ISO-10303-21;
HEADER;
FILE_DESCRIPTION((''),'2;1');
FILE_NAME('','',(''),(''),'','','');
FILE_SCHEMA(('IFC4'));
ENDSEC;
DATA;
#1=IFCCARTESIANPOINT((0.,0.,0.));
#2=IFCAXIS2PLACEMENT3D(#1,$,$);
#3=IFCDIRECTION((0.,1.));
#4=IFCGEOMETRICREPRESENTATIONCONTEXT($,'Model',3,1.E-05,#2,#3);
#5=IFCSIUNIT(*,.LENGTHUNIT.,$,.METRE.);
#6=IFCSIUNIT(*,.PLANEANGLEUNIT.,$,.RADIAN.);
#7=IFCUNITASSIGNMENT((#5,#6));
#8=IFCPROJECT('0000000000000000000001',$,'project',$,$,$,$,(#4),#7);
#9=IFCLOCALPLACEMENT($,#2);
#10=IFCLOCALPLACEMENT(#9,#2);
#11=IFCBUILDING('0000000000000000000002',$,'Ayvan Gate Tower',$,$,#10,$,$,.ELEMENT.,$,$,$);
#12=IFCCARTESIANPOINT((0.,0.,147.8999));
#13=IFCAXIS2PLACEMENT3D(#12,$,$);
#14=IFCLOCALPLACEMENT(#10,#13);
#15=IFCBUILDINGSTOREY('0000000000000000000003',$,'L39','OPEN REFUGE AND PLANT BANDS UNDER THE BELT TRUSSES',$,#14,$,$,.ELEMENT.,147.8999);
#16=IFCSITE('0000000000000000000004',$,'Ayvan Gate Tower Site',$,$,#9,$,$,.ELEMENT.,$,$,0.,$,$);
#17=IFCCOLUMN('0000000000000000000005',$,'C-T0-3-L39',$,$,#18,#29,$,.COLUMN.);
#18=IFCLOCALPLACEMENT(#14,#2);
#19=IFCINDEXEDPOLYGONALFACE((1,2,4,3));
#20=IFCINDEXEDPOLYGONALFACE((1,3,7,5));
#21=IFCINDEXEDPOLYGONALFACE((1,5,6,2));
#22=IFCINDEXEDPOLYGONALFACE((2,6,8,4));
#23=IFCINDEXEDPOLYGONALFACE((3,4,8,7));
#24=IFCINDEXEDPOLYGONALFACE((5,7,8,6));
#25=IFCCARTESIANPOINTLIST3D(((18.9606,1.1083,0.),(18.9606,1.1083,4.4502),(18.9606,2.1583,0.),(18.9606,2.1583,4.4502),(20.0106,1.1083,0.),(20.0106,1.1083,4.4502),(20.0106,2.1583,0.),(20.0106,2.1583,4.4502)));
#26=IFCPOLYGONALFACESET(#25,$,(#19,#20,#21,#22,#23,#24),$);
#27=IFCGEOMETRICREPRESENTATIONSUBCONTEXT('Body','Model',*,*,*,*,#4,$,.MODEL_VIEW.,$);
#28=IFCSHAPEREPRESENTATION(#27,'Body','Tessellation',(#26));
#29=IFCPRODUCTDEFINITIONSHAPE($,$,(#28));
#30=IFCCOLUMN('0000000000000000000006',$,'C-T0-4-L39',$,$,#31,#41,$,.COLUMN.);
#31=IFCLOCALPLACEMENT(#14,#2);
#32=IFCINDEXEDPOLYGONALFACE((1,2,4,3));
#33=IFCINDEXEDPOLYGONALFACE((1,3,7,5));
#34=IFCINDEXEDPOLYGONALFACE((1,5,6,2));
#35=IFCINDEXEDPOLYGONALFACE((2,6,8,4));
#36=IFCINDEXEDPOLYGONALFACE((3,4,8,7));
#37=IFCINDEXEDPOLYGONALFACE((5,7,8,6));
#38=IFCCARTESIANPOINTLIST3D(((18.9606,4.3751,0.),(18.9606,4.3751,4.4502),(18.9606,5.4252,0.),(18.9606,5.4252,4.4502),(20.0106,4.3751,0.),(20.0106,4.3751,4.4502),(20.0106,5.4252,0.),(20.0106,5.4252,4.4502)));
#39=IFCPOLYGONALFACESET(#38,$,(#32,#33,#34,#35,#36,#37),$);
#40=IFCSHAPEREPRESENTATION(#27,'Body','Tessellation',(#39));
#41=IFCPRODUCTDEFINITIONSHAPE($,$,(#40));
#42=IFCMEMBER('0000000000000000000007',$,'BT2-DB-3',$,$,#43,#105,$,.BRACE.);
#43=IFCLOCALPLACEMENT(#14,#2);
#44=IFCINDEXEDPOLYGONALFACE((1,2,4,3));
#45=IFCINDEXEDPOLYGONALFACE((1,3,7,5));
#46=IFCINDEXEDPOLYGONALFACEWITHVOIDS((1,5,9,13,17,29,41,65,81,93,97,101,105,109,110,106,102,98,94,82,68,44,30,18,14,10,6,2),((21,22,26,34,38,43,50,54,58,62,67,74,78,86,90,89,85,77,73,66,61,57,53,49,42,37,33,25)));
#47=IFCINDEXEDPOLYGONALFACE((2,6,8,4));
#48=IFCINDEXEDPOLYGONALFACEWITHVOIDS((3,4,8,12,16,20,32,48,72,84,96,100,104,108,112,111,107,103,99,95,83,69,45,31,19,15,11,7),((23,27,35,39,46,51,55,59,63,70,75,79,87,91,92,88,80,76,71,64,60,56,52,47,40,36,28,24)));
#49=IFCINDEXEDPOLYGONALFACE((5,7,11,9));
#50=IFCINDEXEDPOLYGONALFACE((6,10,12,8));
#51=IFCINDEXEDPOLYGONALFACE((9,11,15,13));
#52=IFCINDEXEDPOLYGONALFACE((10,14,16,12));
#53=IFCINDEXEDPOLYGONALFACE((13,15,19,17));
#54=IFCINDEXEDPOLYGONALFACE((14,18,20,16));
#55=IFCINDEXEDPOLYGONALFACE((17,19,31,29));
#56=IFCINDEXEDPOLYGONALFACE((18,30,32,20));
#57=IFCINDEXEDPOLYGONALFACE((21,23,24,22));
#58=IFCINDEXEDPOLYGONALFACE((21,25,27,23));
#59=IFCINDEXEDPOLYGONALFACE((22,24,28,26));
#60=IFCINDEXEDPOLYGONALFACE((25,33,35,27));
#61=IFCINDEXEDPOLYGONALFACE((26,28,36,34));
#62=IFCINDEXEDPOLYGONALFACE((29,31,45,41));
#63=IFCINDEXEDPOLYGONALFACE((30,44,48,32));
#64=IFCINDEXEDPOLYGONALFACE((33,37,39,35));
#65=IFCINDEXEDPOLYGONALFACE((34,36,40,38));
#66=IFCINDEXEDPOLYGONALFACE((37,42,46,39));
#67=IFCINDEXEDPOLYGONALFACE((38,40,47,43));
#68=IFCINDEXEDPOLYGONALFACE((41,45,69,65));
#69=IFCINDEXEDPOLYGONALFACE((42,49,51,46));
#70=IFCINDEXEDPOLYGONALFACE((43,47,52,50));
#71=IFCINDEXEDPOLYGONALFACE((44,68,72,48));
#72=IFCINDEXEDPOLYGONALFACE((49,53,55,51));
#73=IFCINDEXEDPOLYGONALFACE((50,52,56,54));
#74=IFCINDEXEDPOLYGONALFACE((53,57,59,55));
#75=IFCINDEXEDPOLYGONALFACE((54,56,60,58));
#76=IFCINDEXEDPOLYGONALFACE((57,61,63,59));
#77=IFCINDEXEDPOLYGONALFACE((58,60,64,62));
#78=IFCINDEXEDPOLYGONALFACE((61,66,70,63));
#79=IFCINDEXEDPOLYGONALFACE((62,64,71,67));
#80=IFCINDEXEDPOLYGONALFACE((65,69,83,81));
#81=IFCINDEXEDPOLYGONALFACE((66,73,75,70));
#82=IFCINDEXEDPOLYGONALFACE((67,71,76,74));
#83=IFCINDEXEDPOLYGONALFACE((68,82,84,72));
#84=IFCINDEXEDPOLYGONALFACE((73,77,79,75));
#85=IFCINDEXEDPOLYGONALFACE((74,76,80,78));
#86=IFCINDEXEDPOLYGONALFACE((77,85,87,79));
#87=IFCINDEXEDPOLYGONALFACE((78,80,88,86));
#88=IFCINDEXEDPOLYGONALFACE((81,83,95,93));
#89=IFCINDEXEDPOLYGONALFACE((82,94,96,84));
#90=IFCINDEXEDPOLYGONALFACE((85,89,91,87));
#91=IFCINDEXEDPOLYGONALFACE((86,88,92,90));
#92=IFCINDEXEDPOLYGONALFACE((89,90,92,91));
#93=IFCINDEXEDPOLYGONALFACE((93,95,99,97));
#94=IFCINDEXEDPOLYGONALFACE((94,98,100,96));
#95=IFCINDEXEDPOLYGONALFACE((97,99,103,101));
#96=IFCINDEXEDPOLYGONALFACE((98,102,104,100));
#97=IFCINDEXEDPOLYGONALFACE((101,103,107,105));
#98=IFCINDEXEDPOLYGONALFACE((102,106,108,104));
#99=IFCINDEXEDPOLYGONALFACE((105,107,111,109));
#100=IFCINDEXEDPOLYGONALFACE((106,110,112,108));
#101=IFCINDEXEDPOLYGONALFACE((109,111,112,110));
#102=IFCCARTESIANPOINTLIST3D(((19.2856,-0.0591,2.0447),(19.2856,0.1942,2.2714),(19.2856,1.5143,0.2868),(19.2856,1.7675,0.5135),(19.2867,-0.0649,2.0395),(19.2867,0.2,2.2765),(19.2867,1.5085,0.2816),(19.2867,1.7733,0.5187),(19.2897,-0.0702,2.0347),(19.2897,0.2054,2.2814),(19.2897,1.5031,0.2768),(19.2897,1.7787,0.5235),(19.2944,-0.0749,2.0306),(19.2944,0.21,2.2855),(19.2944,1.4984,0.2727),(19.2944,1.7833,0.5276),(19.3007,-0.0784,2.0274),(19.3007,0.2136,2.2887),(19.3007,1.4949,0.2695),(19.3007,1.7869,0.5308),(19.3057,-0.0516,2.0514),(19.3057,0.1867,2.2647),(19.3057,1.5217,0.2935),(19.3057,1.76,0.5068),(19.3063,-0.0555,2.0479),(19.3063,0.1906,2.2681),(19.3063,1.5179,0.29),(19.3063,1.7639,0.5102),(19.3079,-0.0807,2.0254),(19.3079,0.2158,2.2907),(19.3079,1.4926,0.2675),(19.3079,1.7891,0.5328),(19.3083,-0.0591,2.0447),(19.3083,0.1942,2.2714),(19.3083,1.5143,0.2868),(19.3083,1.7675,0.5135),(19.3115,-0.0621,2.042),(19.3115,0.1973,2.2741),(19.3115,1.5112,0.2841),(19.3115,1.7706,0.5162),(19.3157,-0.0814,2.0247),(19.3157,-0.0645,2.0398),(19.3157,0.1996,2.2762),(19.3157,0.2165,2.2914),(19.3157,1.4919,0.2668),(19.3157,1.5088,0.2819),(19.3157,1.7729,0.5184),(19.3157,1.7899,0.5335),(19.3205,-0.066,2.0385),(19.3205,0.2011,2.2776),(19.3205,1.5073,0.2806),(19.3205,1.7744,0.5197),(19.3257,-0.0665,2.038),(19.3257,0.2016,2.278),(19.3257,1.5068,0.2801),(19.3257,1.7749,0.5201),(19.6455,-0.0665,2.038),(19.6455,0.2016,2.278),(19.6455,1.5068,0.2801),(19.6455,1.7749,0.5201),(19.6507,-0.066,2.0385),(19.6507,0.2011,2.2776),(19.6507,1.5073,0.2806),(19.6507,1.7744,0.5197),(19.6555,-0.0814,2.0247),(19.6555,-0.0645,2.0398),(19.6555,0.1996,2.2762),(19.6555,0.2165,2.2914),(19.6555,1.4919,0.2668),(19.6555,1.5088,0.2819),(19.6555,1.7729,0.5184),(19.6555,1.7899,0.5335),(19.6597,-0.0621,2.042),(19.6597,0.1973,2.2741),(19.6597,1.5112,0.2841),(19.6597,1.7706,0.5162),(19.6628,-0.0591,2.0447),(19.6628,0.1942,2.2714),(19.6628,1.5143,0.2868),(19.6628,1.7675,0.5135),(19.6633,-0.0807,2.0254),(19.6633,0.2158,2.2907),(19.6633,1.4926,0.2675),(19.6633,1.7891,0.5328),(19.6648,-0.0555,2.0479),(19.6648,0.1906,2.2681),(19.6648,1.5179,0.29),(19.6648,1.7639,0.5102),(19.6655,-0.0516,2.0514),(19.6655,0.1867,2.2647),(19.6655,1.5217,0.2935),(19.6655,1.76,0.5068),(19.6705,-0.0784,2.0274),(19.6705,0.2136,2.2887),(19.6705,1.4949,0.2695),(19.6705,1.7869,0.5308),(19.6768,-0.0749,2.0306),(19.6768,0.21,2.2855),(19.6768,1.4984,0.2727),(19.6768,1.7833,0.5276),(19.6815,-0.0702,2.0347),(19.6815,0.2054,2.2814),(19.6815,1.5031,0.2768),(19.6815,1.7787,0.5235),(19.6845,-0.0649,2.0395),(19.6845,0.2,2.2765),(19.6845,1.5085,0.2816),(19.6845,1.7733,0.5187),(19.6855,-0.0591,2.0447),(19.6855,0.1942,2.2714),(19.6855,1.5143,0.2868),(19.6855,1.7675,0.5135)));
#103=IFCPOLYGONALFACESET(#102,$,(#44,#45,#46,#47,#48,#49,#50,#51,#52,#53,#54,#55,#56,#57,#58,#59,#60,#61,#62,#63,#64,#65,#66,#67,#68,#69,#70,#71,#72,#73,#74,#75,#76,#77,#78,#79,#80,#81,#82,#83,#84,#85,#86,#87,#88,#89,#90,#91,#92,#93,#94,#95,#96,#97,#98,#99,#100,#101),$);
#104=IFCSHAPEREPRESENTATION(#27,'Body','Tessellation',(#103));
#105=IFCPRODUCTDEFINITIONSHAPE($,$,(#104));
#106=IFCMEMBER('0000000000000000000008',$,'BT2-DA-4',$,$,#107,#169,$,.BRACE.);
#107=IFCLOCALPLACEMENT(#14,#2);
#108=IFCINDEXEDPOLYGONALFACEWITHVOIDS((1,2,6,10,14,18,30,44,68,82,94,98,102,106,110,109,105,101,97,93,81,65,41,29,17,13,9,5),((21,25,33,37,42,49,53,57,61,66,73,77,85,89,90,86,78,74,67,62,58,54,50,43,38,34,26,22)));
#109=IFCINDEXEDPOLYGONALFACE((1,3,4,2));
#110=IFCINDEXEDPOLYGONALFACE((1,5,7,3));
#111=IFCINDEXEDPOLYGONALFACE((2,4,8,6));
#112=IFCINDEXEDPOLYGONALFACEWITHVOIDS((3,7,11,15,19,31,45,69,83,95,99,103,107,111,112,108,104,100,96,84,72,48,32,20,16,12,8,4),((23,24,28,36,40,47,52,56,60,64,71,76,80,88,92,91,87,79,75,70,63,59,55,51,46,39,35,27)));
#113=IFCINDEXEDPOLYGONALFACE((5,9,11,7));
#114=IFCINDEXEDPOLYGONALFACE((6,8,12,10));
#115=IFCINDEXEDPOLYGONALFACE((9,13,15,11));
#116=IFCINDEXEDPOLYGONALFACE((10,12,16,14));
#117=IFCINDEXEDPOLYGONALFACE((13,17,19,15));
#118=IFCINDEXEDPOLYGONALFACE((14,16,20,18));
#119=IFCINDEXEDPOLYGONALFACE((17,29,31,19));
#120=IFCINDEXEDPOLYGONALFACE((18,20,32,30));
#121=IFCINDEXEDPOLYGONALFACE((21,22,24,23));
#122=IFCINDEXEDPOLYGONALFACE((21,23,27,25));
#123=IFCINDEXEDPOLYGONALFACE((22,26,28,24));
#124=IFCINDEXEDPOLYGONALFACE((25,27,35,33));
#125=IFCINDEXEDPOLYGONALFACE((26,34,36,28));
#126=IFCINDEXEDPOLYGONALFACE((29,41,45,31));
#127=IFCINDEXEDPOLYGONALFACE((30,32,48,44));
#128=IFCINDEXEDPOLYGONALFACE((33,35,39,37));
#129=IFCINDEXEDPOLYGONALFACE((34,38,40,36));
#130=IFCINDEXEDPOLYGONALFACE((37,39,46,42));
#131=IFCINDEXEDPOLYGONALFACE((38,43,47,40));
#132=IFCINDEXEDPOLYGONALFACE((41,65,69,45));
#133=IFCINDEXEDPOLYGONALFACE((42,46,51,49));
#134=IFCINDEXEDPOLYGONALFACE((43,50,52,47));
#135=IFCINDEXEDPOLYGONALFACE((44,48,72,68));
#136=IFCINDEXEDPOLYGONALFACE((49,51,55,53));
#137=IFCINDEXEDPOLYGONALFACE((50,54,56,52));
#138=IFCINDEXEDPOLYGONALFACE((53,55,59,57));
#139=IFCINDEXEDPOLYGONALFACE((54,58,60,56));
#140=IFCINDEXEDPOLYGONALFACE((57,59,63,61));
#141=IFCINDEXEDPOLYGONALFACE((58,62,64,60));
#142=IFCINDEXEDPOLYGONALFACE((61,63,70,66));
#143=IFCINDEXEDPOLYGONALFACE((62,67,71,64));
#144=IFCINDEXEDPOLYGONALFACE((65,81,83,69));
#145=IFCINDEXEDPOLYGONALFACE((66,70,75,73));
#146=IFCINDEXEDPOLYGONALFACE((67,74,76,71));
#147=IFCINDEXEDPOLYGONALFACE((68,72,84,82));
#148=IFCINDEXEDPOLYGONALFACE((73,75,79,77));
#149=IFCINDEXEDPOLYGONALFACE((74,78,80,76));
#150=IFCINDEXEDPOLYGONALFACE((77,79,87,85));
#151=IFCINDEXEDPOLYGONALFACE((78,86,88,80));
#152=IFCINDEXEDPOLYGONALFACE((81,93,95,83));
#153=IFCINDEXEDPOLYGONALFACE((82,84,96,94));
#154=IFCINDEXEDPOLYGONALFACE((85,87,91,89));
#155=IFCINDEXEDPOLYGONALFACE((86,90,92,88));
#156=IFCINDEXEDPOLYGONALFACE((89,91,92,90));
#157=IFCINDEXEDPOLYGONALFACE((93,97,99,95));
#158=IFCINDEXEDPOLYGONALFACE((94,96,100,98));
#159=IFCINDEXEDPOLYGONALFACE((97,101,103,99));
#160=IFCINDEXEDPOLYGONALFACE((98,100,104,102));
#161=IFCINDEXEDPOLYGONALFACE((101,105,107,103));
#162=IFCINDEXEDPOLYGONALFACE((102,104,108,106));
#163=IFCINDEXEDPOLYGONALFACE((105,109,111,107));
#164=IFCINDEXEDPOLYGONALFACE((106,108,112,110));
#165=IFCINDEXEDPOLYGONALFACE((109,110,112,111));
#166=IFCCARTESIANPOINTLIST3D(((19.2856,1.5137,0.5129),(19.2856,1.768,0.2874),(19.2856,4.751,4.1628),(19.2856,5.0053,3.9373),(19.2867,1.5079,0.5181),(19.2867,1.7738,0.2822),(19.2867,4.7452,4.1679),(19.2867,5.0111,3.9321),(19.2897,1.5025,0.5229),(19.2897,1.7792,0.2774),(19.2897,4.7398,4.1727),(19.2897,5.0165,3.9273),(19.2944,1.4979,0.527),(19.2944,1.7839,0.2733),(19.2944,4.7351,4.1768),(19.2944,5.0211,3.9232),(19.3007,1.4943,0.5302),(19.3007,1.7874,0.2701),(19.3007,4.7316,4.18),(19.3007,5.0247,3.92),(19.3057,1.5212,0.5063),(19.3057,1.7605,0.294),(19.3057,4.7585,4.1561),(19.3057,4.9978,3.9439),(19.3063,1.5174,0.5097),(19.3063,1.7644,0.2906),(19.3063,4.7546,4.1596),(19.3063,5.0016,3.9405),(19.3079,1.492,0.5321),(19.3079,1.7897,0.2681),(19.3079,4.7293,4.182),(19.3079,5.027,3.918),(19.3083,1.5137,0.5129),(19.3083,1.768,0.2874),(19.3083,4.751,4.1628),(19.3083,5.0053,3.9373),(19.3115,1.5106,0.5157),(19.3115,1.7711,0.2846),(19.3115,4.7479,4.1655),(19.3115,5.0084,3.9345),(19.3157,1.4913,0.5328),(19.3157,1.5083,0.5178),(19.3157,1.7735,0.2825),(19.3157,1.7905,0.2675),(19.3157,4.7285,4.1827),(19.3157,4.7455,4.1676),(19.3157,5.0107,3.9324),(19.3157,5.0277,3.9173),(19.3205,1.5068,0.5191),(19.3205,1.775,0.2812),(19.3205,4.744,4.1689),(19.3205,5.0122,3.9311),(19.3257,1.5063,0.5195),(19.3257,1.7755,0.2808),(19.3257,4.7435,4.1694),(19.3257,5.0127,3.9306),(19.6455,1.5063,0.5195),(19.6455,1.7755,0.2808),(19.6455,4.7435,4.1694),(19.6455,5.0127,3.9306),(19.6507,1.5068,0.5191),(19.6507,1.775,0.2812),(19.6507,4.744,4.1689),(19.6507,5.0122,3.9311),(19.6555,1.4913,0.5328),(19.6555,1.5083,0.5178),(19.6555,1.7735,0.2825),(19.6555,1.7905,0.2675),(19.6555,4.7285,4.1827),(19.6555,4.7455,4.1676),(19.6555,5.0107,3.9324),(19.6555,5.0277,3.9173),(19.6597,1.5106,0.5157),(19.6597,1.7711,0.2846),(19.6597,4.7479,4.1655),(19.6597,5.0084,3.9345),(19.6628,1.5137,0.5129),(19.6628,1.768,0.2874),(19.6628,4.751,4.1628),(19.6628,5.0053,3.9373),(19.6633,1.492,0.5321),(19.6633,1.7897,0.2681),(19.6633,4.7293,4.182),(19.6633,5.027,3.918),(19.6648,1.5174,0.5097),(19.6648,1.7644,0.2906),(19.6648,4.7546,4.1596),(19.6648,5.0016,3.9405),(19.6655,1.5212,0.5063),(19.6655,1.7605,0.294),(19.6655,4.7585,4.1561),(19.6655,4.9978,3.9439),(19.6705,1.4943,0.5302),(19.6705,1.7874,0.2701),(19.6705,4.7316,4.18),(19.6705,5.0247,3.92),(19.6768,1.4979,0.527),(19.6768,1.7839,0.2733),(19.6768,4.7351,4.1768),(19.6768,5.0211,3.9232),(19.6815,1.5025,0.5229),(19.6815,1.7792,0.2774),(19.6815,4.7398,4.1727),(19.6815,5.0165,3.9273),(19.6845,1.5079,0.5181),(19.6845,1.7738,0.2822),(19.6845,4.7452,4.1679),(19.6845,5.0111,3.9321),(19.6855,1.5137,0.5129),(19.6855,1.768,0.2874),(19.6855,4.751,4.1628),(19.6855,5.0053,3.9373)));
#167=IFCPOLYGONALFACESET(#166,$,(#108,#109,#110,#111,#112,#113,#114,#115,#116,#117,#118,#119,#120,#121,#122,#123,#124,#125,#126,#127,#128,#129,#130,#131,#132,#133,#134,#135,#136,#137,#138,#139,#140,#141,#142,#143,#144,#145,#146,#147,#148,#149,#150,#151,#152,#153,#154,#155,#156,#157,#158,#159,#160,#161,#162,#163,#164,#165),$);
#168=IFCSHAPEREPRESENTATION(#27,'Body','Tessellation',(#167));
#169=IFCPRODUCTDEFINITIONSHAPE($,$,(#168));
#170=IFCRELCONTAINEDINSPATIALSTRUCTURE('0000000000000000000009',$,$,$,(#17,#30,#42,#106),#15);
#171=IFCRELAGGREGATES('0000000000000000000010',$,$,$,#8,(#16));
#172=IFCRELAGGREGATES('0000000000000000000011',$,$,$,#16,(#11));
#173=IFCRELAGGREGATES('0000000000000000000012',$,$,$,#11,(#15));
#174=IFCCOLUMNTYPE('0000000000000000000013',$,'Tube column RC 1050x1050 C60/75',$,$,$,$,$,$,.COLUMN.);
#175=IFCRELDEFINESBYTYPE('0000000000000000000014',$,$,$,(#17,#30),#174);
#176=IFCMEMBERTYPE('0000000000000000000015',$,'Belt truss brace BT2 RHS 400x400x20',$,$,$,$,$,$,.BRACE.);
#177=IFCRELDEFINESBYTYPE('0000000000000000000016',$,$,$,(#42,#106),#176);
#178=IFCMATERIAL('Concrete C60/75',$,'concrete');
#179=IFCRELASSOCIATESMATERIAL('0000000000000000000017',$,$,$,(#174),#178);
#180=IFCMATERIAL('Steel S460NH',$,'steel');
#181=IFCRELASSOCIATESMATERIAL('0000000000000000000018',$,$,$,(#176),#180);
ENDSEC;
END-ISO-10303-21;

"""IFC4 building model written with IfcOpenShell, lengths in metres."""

from ifc_helpers import new_model, si_unit, direction, frame, origin, origin_2d, place, context, subcontext, project, spatial, rectangle, hollow_rectangle, extrude, material, material_profile, profile_set, type_object, element, save


model = new_model("IFC4")

# Units and contexts
model_context = context("Model", 3, precision=1e-05, world=origin(), true_north=direction((0.0, 1.0)))
body_context = subcontext(model_context, "Body", "Model", "MODEL_VIEW")
ifc_project = project(units=[si_unit("LENGTHUNIT", "METRE"), si_unit("PLANEANGLEUNIT", "RADIAN")], contexts=[model_context])

# Site, building, storey
site_placement = place(None, origin())
site = spatial("IfcSite", under=ifc_project, at=site_placement, Name="Ayvan Gate Tower Site", CompositionType="ELEMENT", RefElevation=0.0)
building_placement = place(site_placement, origin())
building = spatial("IfcBuilding", under=site, at=building_placement, Name="Ayvan Gate Tower", CompositionType="ELEMENT")
storey_placement = place(building_placement, frame((0.0, 0.0, 147.8999)))
storey = spatial("IfcBuildingStorey", under=building, at=storey_placement, Name="L39", Description="OPEN REFUGE AND PLANT BANDS UNDER THE BELT TRUSSES", CompositionType="ELEMENT", Elevation=147.8999)

# Columns
ifc_material_1 = material(Name="Concrete C60/75", Category="concrete")
ifc_material_profile_1 = material_profile(ifc_material_1, rectangle(XDim=1.05, YDim=1.05, at=origin_2d()), Name="RC 1050x1050")
ifc_profile_set_1 = profile_set([ifc_material_profile_1], Name="Concrete C60/75")
column_type = type_object("IfcColumnType", Name="Tube column RC 1050x1050 C60/75", PredefinedType="COLUMN", material=ifc_profile_set_1)
for number, where, z_axis, x_axis, name in (
    (1, (19.4856, 1.6333, 0.0), (0.0, 0.0, 1.0), (1.0, 0.0, 0.0), "C-T0-3-L39"),
    (2, (19.4856, 4.9001, 0.0), (0.0, 0.0, 1.0), (1.0, 0.0, 0.0), "C-T0-4-L39"),
):
    element("IfcColumn", number, at=place(storey_placement, frame(where, z_axis=z_axis, x_axis=x_axis)), inside=storey, type_object=column_type, Name=name, PredefinedType="COLUMN", context=body_context, shape_type="SweptSolid", body=[
        extrude(rectangle(XDim=1.05, YDim=1.05, at=origin_2d()), origin(), (0.0, 0.0, 1.0), 4.4502),
    ])

# Members
ifc_material_2 = material(Name="Steel S460NH", Category="steel")
ifc_material_profile_2 = material_profile(ifc_material_2, hollow_rectangle(XDim=0.3999, YDim=0.3999, WallThickness=0.02, InnerFilletRadius=0.02, OuterFilletRadius=0.03, at=origin_2d()), Name="RHS 400x400x20")
ifc_profile_set_2 = profile_set([ifc_material_profile_2], Name="Steel S460NH")
member_type_1 = type_object("IfcMemberType", Name="Belt truss brace BT2 RHS 400x400x20", PredefinedType="BRACE", material=ifc_profile_set_2)
member_1_placement = place(storey_placement, frame((19.4856, 1.6409, 0.4001), z_axis=(0.0, -0.666904, 0.745144), x_axis=(1.0, 0.0, 0.0)))
element("IfcMember", 3, at=member_1_placement, inside=storey, type_object=member_type_1, Name="BT2-DB-3", PredefinedType="BRACE", context=body_context, shape_type="SweptSolid", body=[
    extrude(hollow_rectangle(XDim=0.3999, YDim=0.3999, WallThickness=0.02, InnerFilletRadius=0.02, OuterFilletRadius=0.03, at=origin_2d()), origin(), (0.0, 0.0, 1.0), 2.3591),
])
member_2_placement = place(storey_placement, frame((19.4856, 1.6409, 0.4001), z_axis=(0.0, 0.663556, 0.748127), x_axis=(-1.0, 0.0, 0.0)))
element("IfcMember", 4, at=member_2_placement, inside=storey, type_object=member_type_1, Name="BT2-DA-4", PredefinedType="BRACE", context=body_context, shape_type="SweptSolid", body=[
    extrude(hollow_rectangle(XDim=0.3999, YDim=0.3999, WallThickness=0.02, InnerFilletRadius=0.02, OuterFilletRadius=0.03, at=origin_2d()), origin(), (0.0, 0.0, 1.0), 4.8787),
])

save(model, "model.ifc")
